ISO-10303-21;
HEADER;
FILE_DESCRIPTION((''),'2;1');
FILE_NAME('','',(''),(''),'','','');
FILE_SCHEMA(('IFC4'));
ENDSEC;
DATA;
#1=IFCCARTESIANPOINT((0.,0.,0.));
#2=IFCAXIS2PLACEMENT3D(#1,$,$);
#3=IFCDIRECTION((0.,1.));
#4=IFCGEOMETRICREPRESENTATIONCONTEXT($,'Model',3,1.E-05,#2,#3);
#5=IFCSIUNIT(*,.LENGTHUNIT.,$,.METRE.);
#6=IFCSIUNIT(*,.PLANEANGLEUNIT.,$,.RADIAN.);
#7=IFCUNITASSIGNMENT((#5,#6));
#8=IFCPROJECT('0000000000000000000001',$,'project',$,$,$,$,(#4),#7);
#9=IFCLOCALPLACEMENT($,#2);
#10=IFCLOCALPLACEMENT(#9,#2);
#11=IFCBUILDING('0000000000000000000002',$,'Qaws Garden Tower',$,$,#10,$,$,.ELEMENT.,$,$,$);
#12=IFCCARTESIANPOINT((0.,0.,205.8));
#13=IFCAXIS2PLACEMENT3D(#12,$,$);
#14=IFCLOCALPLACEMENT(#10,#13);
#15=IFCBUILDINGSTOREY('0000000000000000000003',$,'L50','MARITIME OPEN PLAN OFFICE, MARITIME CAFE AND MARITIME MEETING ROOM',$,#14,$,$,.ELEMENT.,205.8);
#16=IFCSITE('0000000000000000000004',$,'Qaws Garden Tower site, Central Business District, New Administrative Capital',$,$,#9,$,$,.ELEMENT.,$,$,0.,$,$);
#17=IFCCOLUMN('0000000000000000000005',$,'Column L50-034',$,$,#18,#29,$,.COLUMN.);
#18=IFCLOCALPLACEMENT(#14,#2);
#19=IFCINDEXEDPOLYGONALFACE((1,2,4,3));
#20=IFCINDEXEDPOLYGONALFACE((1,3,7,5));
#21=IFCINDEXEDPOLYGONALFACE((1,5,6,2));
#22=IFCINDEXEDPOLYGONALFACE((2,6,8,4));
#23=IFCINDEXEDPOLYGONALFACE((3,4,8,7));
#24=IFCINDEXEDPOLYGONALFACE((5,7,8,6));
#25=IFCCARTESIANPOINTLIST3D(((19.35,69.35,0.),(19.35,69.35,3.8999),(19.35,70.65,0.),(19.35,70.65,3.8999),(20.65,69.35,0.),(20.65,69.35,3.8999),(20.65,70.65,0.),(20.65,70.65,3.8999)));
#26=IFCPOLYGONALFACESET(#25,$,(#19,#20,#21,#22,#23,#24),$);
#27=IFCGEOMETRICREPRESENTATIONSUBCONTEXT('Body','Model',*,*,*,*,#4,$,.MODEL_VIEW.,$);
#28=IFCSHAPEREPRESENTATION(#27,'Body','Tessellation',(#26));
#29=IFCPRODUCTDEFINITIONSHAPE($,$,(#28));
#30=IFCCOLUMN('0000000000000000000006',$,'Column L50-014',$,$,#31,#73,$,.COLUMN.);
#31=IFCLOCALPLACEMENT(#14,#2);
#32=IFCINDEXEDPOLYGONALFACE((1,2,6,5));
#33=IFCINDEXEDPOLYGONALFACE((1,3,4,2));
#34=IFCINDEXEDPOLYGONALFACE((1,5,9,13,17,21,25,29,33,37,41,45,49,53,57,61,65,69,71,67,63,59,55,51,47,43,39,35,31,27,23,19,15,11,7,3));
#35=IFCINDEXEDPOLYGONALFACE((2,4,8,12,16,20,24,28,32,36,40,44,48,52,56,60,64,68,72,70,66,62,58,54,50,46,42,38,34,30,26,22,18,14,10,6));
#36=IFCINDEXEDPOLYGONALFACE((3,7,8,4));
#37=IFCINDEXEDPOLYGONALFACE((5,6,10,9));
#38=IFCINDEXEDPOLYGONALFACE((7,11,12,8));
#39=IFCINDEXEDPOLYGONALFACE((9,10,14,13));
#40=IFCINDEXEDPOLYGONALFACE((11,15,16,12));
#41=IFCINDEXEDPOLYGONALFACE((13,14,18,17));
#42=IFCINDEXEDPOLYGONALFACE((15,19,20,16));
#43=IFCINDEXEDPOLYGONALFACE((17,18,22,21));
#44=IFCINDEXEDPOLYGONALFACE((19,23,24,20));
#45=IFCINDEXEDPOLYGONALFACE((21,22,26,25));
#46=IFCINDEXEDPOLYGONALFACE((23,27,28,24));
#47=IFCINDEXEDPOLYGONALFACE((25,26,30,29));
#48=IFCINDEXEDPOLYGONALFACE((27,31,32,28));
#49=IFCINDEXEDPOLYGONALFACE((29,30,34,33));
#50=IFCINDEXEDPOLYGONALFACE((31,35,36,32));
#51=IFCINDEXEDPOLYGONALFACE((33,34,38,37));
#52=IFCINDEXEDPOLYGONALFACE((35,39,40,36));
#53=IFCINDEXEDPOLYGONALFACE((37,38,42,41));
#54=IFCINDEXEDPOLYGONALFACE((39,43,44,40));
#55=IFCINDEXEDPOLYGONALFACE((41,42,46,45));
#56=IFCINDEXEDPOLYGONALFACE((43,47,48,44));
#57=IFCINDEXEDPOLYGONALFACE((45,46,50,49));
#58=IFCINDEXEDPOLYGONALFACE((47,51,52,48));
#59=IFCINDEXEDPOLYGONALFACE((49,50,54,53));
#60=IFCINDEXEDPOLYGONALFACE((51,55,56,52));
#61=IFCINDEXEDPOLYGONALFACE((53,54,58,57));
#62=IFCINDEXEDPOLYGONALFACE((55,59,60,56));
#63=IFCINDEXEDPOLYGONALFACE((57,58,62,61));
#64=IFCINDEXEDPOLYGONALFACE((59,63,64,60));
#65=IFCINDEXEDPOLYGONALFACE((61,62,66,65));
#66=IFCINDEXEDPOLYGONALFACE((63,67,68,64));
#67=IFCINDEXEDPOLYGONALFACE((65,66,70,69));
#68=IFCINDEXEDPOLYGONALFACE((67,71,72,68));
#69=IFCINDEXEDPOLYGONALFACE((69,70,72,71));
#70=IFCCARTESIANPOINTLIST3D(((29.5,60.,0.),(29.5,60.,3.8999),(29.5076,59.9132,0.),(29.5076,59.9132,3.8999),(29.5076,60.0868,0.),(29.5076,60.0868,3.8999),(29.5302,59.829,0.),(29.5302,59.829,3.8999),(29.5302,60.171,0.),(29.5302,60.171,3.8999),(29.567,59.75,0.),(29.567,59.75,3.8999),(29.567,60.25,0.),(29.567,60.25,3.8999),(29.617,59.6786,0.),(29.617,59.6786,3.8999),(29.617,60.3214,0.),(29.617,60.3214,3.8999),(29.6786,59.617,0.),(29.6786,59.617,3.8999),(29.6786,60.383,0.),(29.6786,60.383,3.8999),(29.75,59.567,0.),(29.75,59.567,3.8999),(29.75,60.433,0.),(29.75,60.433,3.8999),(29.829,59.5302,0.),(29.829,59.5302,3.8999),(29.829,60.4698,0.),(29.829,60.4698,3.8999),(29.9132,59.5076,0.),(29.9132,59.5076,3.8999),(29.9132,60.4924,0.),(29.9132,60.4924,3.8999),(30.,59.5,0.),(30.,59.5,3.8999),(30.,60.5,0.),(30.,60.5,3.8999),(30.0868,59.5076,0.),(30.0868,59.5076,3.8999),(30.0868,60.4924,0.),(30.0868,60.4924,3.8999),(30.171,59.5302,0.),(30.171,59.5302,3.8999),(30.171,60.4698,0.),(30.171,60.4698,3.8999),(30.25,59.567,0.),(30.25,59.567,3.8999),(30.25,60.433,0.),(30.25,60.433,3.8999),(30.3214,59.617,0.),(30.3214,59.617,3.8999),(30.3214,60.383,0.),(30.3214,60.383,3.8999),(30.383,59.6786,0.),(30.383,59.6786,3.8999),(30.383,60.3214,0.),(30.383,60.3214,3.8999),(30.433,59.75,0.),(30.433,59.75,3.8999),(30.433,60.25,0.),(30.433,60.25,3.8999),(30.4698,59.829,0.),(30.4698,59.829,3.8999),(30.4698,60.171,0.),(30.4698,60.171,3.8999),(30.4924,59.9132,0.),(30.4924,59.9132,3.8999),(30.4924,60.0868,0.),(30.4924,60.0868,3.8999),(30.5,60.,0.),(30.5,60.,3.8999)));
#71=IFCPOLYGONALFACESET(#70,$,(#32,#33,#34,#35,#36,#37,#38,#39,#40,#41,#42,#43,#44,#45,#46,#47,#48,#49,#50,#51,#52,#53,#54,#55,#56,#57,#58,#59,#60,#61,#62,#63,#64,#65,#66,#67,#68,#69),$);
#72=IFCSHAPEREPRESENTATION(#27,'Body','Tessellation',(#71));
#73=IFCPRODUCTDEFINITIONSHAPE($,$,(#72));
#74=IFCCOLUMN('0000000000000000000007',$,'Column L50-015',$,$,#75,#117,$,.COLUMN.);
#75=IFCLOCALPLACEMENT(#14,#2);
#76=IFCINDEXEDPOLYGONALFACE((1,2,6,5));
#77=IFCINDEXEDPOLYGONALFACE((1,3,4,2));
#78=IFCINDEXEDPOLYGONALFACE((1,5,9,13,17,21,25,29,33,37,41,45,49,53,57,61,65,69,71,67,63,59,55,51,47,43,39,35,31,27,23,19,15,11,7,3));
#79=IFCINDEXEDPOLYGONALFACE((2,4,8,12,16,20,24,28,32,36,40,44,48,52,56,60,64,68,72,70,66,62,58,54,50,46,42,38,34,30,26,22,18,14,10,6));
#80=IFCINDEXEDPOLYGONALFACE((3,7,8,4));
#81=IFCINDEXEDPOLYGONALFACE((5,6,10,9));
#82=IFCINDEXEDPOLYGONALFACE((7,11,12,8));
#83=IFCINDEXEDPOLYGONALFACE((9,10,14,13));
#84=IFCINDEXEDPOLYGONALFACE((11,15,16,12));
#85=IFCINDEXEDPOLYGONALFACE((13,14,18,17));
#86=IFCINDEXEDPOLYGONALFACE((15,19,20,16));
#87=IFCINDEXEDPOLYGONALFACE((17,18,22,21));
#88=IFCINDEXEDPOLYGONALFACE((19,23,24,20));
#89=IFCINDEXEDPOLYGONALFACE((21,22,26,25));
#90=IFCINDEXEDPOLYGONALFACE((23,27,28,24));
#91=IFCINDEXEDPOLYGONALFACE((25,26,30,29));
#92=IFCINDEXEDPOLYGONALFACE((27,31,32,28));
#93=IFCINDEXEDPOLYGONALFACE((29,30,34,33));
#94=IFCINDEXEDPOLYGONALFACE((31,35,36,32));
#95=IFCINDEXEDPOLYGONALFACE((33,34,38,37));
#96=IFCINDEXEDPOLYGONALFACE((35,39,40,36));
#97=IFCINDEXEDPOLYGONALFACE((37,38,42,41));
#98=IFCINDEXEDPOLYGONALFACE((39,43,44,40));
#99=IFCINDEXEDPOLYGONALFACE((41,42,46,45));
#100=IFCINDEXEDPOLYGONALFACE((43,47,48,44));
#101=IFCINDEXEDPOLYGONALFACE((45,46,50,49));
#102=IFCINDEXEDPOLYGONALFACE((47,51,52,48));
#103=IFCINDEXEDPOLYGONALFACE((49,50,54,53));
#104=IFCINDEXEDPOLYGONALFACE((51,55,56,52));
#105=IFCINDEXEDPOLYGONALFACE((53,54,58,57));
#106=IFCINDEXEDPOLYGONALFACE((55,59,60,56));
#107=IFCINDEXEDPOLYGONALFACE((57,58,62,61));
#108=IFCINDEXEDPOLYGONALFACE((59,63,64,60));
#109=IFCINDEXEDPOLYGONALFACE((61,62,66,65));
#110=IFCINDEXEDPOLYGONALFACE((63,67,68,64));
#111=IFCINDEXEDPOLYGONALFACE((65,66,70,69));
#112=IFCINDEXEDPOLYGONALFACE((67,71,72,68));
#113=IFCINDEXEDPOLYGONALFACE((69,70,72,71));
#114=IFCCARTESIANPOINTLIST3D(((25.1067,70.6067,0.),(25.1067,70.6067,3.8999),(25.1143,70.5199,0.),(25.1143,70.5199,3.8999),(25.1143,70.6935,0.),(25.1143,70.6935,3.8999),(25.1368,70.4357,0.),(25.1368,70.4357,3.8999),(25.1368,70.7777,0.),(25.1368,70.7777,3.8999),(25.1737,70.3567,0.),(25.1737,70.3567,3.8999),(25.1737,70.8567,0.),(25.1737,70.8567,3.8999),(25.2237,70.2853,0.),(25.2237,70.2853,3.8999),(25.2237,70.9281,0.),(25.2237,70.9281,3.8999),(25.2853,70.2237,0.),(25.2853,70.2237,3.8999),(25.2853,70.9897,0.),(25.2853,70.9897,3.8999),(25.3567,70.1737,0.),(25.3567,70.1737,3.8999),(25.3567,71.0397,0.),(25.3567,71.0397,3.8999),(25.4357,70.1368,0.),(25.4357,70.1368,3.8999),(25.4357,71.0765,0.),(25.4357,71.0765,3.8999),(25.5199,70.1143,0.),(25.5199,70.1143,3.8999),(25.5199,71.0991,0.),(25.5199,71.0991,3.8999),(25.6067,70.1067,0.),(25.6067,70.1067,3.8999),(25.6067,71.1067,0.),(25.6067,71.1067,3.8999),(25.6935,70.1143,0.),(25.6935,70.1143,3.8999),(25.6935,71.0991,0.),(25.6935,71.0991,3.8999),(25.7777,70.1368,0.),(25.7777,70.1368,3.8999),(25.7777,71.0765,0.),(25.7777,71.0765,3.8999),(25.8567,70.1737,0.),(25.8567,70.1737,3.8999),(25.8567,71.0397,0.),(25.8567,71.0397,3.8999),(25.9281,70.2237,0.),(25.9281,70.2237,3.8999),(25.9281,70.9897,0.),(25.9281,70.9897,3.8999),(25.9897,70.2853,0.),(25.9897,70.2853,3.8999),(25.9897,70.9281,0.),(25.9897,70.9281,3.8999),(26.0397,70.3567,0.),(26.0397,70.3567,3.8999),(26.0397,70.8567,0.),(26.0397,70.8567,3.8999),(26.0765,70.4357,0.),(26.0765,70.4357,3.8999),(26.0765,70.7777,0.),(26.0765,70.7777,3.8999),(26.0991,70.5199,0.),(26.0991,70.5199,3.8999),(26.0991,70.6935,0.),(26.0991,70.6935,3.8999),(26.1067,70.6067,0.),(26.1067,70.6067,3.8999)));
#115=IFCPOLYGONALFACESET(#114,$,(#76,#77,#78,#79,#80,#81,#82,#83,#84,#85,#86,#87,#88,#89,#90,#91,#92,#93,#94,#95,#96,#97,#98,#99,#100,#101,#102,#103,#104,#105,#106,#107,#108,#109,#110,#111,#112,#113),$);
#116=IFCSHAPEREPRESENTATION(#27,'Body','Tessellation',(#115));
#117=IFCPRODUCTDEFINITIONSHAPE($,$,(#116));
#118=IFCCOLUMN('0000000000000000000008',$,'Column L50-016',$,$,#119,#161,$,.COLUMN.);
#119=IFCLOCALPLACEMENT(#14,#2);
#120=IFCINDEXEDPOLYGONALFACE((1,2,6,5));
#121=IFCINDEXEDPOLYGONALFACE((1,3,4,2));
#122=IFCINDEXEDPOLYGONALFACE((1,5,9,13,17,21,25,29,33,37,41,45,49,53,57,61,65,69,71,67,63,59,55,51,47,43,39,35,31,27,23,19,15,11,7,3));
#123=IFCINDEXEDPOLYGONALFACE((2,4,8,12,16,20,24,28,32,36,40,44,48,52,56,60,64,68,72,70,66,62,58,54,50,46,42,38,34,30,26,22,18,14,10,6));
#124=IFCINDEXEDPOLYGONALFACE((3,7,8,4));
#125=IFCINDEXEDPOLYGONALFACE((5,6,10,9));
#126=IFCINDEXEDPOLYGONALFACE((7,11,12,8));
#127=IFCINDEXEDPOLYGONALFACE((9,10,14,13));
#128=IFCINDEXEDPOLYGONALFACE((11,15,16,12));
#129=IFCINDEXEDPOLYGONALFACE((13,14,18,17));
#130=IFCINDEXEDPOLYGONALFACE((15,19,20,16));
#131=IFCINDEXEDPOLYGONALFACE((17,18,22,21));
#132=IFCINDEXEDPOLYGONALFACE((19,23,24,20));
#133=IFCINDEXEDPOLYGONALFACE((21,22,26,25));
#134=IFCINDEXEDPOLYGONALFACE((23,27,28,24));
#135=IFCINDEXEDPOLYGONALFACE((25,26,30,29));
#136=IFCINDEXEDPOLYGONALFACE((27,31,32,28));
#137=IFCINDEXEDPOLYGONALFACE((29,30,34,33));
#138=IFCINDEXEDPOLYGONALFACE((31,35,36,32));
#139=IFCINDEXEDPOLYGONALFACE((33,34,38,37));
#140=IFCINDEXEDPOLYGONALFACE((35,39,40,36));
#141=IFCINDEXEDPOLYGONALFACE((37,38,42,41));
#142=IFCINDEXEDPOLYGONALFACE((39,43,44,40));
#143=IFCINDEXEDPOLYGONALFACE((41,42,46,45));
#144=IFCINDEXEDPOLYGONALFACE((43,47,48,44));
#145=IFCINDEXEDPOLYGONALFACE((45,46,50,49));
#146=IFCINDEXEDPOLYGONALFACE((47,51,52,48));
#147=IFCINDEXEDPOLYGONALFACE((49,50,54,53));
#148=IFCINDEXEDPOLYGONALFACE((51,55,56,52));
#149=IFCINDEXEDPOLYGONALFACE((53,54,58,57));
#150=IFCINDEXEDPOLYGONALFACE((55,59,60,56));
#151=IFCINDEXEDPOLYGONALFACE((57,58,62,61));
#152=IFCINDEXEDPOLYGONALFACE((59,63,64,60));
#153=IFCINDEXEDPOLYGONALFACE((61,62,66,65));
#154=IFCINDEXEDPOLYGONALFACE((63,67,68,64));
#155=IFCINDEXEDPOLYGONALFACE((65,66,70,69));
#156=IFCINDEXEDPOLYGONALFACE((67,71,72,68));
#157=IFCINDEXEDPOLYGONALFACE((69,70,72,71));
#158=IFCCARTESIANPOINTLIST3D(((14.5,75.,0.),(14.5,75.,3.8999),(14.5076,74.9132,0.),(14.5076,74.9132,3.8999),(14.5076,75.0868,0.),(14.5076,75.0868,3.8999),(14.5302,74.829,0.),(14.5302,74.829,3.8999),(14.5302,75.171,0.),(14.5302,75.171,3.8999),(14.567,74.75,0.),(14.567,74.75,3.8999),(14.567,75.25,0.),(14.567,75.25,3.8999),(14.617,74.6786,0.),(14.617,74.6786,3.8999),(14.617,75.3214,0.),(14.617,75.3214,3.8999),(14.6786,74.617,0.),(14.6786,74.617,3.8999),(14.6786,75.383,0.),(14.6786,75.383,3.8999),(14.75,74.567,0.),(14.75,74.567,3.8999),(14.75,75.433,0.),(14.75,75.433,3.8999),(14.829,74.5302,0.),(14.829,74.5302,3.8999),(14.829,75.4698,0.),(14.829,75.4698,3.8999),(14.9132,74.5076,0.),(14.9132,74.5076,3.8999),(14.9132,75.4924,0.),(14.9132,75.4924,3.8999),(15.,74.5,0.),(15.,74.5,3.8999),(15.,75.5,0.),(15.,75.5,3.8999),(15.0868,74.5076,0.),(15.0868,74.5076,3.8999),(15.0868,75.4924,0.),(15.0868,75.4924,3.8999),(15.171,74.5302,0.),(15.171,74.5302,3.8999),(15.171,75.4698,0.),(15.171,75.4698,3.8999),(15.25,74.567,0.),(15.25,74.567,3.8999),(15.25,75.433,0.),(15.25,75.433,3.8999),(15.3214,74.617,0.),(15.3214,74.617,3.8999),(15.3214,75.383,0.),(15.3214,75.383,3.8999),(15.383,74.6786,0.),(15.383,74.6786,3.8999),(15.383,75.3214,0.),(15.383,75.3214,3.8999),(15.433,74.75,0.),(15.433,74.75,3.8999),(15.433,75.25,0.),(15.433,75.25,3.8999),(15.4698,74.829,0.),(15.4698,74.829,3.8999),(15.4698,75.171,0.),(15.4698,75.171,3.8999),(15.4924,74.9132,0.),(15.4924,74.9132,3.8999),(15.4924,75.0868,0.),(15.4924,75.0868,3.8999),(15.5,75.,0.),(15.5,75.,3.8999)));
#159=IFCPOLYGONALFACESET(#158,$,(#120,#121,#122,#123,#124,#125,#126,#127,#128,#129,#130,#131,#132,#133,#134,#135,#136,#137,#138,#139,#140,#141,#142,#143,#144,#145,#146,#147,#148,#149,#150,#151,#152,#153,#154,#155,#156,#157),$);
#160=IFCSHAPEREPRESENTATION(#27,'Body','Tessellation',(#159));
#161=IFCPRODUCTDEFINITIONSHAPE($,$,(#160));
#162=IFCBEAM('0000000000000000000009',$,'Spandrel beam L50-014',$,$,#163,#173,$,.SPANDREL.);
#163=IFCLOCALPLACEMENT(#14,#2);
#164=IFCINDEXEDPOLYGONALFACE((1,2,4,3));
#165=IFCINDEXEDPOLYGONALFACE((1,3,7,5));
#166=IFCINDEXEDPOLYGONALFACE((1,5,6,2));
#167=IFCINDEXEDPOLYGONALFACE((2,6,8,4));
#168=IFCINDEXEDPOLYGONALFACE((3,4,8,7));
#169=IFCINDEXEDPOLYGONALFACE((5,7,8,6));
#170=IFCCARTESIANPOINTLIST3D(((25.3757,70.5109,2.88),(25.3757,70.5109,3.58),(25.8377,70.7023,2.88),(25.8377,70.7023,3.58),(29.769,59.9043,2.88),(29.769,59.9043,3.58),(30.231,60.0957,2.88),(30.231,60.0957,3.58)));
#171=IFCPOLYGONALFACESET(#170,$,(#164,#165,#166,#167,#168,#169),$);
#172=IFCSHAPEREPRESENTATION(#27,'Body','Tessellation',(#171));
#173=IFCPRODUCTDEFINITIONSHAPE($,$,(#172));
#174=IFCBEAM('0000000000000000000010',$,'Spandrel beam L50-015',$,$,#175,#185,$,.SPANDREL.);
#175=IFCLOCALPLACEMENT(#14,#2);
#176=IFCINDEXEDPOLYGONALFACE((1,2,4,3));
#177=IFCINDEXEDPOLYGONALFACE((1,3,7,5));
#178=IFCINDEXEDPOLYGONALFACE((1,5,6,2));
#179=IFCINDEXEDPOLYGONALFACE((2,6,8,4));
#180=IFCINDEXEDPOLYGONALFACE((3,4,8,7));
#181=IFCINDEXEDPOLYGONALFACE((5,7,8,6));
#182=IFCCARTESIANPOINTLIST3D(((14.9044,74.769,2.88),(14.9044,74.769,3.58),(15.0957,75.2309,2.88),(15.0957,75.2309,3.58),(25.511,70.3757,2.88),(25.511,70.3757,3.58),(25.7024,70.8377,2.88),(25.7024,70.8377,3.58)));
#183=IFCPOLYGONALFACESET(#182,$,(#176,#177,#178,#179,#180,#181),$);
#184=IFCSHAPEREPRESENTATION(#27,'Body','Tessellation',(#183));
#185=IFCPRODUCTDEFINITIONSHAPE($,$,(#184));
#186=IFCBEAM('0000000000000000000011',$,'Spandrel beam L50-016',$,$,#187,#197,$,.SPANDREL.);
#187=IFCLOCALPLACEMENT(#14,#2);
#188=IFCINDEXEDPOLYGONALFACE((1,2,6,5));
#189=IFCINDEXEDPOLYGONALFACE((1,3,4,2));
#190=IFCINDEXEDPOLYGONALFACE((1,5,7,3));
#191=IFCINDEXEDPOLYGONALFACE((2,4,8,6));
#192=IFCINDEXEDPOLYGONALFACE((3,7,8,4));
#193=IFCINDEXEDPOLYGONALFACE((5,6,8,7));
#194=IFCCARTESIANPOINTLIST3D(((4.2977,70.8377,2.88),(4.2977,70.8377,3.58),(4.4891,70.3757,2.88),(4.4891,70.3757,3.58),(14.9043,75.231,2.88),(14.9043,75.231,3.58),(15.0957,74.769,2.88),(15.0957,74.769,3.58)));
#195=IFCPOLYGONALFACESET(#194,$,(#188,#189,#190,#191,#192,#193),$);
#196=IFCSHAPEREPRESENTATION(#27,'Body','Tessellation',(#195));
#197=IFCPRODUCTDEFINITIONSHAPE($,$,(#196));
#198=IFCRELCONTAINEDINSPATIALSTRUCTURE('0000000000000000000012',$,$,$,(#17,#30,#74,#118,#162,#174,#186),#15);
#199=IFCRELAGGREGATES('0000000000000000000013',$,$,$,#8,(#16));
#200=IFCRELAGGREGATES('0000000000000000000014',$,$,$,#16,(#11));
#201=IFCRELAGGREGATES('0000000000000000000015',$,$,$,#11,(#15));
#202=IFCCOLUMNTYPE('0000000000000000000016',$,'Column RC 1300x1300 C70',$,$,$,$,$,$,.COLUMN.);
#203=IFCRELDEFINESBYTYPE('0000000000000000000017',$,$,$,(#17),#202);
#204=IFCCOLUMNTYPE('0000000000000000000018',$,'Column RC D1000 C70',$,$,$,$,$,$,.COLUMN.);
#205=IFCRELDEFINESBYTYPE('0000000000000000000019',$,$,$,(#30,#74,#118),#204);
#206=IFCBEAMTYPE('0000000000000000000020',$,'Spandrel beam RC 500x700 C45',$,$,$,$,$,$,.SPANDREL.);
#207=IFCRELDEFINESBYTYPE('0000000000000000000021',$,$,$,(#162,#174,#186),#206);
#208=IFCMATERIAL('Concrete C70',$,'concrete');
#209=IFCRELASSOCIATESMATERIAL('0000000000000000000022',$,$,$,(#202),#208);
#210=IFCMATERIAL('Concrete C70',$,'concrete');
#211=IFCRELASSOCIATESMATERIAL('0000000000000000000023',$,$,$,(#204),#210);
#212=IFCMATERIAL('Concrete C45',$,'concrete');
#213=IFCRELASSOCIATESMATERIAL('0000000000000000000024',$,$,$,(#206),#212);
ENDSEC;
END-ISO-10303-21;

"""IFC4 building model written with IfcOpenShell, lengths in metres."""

from ifc_helpers import new_model, si_unit, direction, frame, origin, origin_2d, place, context, subcontext, project, spatial, rectangle, circle, extrude, material, material_profile, profile_set, type_object, element, save


model = new_model("IFC4")

# Units and contexts
model_context = context("Model", 3, precision=1e-05, world=origin(), true_north=direction((0.0, 1.0)))
body_context = subcontext(model_context, "Body", "Model", "MODEL_VIEW")
ifc_project = project(units=[si_unit("LENGTHUNIT", "METRE"), si_unit("PLANEANGLEUNIT", "RADIAN")], contexts=[model_context])

# Site, building, storey
site_placement = place(None, origin())
site = spatial("IfcSite", under=ifc_project, at=site_placement, Name="Qaws Garden Tower site, Central Business District, New Administrative Capital", CompositionType="ELEMENT", RefElevation=0.0)
building_placement = place(site_placement, origin())
building = spatial("IfcBuilding", under=site, at=building_placement, Name="Qaws Garden Tower", CompositionType="ELEMENT")
storey_placement = place(building_placement, frame((0.0, 0.0, 205.8)))
storey = spatial("IfcBuildingStorey", under=building, at=storey_placement, Name="L50", Description="MARITIME OPEN PLAN OFFICE, MARITIME CAFE AND MARITIME MEETING ROOM", CompositionType="ELEMENT", Elevation=205.8)

# Columns
ifc_material_1 = material(Name="Concrete C70", Category="concrete")
ifc_material_profile_1 = material_profile(ifc_material_1, rectangle(XDim=1.3, YDim=1.3, at=origin_2d()), Name="RC 1300x1300")
ifc_profile_set_1 = profile_set([ifc_material_profile_1], Name="Concrete C70")
column_type_1 = type_object("IfcColumnType", Name="Column RC 1300x1300 C70", PredefinedType="COLUMN", material=ifc_profile_set_1)
column_placement = place(storey_placement, frame((20.0, 70.0, 0.0), z_axis=(0.0, 0.0, 1.0), x_axis=(1.0, 0.0, 0.0)))
element("IfcColumn", 1, at=column_placement, inside=storey, type_object=column_type_1, Name="Column L50-034", PredefinedType="COLUMN", context=body_context, shape_type="SweptSolid", body=[
    extrude(rectangle(XDim=1.3, YDim=1.3, at=origin_2d()), origin(), (0.0, 0.0, 1.0), 3.8999),
])
ifc_material_2 = material(Name="Concrete C70", Category="concrete")
ifc_material_profile_2 = material_profile(ifc_material_2, circle(Radius=0.5, at=origin_2d()), Name="RC D1000")
ifc_profile_set_2 = profile_set([ifc_material_profile_2], Name="Concrete C70")
column_type_2 = type_object("IfcColumnType", Name="Column RC D1000 C70", PredefinedType="COLUMN", material=ifc_profile_set_2)
for number, where, z_axis, x_axis, name in (
    (2, (30.0, 60.0, 0.0), (0.0, 0.0, 1.0), (1.0, 0.0, 0.0), "Column L50-014"),
    (3, (25.6067, 70.6067, 0.0), (0.0, 0.0, 1.0), (1.0, 0.0, 0.0), "Column L50-015"),
    (4, (15.0, 75.0, 0.0), (0.0, 0.0, 1.0), (1.0, 0.0, 0.0), "Column L50-016"),
):
    element("IfcColumn", number, at=place(storey_placement, frame(where, z_axis=z_axis, x_axis=x_axis)), inside=storey, type_object=column_type_2, Name=name, PredefinedType="COLUMN", context=body_context, shape_type="SweptSolid", body=[
        extrude(circle(Radius=0.5, at=origin_2d()), origin(), (0.0, 0.0, 1.0), 3.8999),
    ])

# Beams
ifc_material_3 = material(Name="Concrete C45", Category="concrete")
ifc_material_profile_3 = material_profile(ifc_material_3, rectangle(XDim=0.5, YDim=0.7, at=origin_2d()), Name="RC 500x700")
ifc_profile_set_3 = profile_set([ifc_material_profile_3], Name="Concrete C45")
beam_type = type_object("IfcBeamType", Name="Spandrel beam RC 500x700 C45", PredefinedType="SPANDREL", material=ifc_profile_set_3)
for number, where, z_axis, x_axis, name in (
    (5, (30.0, 60.0, 3.23), (-0.382674, 0.923883, 0.0), (-0.923883, -0.382674, 0.0), "Spandrel beam L50-014"),
    (6, (25.6067, 70.6067, 3.23), (-0.923883, 0.382674, 0.0), (-0.382674, -0.923883, 0.0), "Spandrel beam L50-015"),
    (7, (15.0, 75.0, 3.23), (-0.923883, -0.382674, 0.0), (0.382674, -0.923883, 0.0), "Spandrel beam L50-016"),
):
    element("IfcBeam", number, at=place(storey_placement, frame(where, z_axis=z_axis, x_axis=x_axis)), inside=storey, type_object=beam_type, Name=name, PredefinedType="SPANDREL", context=body_context, shape_type="SweptSolid", body=[
        extrude(rectangle(XDim=0.5, YDim=0.7, at=origin_2d()), origin(), (0.0, 0.0, 1.0), 11.4805),
    ])

save(model, "model.ifc")
